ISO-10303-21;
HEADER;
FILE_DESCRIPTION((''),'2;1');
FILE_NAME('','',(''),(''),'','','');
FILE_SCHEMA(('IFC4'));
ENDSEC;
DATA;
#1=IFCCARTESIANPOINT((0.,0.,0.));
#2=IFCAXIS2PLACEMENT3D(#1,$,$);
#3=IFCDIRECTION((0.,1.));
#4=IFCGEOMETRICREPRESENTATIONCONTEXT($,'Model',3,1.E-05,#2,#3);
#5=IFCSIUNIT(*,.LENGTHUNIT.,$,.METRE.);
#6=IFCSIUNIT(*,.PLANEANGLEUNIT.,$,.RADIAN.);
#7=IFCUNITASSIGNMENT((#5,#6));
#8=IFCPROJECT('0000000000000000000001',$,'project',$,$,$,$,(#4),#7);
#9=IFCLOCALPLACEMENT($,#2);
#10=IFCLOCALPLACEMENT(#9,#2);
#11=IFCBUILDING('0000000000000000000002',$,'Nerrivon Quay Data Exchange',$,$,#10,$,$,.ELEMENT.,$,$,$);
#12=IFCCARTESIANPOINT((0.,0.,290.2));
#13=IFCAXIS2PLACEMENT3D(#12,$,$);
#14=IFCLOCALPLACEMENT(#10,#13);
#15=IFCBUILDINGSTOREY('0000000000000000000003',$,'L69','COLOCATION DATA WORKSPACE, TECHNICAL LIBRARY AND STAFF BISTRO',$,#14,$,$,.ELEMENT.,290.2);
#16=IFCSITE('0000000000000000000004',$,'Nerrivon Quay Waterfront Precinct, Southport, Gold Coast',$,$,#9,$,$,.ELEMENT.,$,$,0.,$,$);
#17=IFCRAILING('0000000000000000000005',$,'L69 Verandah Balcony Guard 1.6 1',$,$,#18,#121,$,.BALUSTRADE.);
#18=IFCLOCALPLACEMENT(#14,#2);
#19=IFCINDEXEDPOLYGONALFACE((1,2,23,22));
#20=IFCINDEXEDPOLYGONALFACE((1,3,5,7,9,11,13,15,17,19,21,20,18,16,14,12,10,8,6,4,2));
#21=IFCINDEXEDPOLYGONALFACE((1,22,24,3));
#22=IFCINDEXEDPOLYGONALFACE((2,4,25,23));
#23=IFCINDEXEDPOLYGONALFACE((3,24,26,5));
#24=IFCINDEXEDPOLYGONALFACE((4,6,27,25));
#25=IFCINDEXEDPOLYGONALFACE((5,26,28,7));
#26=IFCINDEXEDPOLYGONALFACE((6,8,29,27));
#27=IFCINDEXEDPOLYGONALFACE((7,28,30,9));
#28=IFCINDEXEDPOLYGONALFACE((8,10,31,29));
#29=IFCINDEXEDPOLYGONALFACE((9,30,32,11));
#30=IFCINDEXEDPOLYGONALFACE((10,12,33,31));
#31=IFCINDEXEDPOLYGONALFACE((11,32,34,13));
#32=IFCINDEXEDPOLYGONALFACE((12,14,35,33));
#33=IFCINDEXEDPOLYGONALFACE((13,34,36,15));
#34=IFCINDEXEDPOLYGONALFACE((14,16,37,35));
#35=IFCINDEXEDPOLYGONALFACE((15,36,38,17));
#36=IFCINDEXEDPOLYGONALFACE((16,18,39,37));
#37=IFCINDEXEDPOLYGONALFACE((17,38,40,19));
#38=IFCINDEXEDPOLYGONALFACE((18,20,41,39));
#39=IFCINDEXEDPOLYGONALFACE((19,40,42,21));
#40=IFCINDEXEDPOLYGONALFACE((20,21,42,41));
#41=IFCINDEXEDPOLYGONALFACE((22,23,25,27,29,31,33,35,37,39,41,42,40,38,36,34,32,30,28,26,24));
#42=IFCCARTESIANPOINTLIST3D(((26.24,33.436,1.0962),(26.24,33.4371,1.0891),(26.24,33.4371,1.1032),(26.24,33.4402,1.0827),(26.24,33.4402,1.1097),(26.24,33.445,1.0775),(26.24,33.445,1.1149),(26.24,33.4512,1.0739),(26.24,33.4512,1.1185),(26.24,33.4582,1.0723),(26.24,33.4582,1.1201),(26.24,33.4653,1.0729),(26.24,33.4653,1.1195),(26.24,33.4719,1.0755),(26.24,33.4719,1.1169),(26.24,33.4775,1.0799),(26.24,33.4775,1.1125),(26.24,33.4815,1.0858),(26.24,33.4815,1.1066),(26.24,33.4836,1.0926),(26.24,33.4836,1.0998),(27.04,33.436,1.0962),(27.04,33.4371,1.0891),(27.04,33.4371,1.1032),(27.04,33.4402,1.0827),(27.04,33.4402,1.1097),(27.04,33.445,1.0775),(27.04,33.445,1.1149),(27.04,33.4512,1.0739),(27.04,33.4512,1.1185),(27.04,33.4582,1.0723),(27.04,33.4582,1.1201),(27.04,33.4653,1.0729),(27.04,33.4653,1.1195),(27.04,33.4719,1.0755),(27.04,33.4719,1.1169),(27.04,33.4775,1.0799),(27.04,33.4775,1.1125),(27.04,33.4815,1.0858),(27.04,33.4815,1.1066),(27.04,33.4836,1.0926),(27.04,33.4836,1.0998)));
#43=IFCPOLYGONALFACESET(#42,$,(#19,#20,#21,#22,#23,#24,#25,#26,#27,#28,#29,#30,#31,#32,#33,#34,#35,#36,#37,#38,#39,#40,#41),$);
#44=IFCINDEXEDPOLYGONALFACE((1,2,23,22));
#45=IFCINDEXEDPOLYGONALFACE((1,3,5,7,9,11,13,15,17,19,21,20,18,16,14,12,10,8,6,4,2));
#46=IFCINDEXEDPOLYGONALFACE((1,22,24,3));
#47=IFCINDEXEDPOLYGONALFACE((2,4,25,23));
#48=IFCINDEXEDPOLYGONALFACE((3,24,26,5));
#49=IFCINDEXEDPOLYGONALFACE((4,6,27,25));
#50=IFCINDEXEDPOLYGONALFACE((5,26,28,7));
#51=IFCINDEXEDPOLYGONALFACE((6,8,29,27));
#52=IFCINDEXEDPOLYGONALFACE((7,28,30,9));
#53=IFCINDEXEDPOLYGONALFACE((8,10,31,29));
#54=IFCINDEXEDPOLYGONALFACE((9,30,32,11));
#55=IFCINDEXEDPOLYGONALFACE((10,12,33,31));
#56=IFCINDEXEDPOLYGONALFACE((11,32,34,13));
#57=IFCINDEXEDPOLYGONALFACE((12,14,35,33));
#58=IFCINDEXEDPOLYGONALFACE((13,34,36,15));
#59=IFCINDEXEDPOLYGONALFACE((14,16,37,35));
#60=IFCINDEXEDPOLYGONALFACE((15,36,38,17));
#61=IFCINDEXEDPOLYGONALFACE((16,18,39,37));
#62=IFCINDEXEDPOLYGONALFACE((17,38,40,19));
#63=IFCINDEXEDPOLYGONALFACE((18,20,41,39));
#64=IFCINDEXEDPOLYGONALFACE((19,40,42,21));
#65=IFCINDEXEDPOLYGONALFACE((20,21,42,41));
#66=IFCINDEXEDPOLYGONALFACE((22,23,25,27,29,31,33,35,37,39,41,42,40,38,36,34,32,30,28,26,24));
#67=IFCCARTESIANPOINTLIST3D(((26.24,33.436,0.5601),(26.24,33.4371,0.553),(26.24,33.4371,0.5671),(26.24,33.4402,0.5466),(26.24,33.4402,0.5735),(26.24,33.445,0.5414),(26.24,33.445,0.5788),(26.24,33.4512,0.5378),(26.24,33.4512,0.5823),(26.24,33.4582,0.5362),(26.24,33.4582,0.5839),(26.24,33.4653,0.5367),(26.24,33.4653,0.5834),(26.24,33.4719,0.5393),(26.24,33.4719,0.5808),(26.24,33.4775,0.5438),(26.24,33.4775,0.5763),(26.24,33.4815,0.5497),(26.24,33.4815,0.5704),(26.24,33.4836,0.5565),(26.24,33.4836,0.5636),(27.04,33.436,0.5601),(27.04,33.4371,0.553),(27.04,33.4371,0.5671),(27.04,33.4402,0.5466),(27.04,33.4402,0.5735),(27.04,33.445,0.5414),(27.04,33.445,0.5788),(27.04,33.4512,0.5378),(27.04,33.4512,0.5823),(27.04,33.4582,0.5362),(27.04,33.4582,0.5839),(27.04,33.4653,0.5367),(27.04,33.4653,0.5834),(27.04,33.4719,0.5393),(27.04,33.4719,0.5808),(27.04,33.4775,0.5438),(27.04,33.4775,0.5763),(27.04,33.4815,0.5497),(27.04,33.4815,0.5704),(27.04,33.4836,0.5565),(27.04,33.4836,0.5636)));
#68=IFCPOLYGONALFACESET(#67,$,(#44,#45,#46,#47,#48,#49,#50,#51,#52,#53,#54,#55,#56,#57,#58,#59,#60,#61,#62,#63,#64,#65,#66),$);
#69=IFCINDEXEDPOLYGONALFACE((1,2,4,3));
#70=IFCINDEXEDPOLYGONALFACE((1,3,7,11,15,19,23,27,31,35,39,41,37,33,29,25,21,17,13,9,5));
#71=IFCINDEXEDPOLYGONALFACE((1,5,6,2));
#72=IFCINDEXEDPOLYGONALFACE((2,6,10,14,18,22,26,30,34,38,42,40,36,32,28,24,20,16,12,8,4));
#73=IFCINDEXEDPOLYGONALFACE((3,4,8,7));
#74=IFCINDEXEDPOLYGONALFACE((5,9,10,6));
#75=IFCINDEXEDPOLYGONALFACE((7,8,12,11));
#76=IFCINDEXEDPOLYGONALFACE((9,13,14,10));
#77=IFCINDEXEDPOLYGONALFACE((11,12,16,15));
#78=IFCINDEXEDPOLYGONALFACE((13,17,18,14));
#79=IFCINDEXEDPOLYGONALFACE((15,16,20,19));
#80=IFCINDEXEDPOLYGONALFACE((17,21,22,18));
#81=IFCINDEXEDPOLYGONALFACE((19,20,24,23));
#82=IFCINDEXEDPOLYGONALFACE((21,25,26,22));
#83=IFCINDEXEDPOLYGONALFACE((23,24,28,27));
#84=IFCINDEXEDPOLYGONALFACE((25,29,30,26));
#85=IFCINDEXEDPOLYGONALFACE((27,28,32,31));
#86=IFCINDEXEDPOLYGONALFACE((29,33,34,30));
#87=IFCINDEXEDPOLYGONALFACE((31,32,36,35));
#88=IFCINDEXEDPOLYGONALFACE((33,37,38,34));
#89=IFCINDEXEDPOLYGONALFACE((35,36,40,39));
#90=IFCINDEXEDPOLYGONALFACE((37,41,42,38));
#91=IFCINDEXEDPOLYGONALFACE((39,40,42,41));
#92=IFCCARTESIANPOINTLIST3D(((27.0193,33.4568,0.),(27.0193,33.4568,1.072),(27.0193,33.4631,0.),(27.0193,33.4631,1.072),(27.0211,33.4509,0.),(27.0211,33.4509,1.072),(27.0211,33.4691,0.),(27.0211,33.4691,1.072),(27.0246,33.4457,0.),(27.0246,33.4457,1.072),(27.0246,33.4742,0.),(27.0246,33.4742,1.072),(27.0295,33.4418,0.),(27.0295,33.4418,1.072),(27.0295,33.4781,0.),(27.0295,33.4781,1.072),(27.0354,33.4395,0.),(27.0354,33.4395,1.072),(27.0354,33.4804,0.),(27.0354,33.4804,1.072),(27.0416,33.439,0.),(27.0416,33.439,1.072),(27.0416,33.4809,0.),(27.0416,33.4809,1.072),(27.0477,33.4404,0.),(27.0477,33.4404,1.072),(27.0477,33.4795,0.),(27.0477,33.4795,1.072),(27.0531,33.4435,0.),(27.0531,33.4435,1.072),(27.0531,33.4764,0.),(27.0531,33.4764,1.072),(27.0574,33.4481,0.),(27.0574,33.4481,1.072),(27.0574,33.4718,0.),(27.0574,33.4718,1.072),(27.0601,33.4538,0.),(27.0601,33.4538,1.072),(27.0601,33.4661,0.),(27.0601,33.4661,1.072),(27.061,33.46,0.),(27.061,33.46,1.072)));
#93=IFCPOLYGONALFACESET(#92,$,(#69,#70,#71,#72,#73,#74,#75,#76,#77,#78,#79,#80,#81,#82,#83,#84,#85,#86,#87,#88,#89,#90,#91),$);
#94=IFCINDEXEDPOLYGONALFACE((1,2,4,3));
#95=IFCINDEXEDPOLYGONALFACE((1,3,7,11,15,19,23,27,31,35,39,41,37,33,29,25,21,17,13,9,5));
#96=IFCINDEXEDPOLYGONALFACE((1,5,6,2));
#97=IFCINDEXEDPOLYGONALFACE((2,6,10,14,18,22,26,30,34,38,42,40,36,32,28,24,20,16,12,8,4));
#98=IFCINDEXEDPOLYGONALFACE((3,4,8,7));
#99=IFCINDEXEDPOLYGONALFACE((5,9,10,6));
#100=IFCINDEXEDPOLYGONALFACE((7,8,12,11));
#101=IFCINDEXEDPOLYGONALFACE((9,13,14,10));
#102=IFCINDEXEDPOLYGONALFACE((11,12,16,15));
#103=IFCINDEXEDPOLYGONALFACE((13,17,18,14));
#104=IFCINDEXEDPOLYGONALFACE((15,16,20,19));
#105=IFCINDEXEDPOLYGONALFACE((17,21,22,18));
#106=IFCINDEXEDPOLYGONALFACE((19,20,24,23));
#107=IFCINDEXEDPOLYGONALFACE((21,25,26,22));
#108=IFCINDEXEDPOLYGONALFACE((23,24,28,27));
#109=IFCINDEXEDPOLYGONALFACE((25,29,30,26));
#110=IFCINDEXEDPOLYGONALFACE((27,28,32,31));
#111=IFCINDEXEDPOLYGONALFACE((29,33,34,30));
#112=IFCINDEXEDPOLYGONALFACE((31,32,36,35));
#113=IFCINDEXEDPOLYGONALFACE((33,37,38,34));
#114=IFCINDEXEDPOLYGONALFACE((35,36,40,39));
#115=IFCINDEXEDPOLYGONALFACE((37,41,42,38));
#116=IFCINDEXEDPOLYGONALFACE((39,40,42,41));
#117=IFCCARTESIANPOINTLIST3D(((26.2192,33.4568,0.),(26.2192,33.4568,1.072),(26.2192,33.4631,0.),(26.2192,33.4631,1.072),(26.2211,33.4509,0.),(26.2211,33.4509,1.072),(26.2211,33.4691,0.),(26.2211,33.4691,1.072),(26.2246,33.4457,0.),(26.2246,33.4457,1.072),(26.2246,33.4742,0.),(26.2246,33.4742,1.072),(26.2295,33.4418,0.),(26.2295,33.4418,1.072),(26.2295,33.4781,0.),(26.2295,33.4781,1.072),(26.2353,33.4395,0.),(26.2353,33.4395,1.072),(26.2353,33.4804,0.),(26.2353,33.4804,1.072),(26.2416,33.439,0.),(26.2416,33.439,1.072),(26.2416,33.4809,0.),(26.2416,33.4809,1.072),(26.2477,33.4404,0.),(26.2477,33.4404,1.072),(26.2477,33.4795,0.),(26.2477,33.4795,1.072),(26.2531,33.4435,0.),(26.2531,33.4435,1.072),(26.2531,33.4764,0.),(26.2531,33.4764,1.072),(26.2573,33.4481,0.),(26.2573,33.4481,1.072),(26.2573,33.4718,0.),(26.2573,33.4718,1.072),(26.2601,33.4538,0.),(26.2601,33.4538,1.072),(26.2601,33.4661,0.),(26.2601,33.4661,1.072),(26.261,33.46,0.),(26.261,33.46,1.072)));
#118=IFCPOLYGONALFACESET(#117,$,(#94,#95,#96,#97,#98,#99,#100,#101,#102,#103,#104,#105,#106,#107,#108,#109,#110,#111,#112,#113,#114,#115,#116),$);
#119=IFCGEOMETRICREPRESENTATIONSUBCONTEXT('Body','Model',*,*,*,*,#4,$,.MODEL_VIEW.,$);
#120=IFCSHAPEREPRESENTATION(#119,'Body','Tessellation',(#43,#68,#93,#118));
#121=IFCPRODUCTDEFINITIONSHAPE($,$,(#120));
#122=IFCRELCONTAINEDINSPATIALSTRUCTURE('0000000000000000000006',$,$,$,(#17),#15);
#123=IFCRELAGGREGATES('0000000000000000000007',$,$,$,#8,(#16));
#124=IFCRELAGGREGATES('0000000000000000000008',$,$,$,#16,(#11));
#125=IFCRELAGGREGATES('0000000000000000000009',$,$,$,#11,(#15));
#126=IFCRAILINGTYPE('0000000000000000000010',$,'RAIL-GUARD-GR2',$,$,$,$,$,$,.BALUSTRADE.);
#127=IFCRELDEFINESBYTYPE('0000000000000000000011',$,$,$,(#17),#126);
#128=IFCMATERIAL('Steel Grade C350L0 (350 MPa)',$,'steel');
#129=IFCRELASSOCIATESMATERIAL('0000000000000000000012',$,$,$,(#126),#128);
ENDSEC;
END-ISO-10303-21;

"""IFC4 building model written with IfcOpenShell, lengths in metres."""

from ifc_helpers import new_model, si_unit, direction, frame, origin, origin_2d, place, context, subcontext, project, spatial, circle, extrude, material, type_object, element, save


model = new_model("IFC4")

# Units and contexts
model_context = context("Model", 3, precision=1e-05, world=origin(), true_north=direction((0.0, 1.0)))
body_context = subcontext(model_context, "Body", "Model", "MODEL_VIEW")
ifc_project = project(units=[si_unit("LENGTHUNIT", "METRE"), si_unit("PLANEANGLEUNIT", "RADIAN")], contexts=[model_context])

# Site, building, storey
site_placement = place(None, origin())
site = spatial("IfcSite", under=ifc_project, at=site_placement, Name="Nerrivon Quay Waterfront Precinct, Southport, Gold Coast", CompositionType="ELEMENT", RefElevation=0.0)
building_placement = place(site_placement, origin())
building = spatial("IfcBuilding", under=site, at=building_placement, Name="Nerrivon Quay Data Exchange", CompositionType="ELEMENT")
storey_placement = place(building_placement, frame((0.0, 0.0, 290.2)))
storey = spatial("IfcBuildingStorey", under=building, at=storey_placement, Name="L69", Description="COLOCATION DATA WORKSPACE, TECHNICAL LIBRARY AND STAFF BISTRO", CompositionType="ELEMENT", Elevation=290.2)

# Railing
ifc_material_1 = material(Name="Steel Grade C350L0 (350 MPa)", Category="steel")
railing_type = type_object("IfcRailingType", Name="RAIL-GUARD-GR2", PredefinedType="BALUSTRADE", material=ifc_material_1)
railing_1_placement = place(storey_placement, frame((27.04, 33.46, 0.0)))
element("IfcRailing", 1, at=railing_1_placement, inside=storey, type_object=railing_type, Name="L69 Verandah Balcony Guard 1.6 1", PredefinedType="BALUSTRADE", context=body_context, shape_type="SweptSolid", body=[
    extrude(circle(Radius=0.0239, at=origin_2d()), frame((0.0, 0.0, 1.0962), z_axis=(-1.0, 0.0, 0.0), x_axis=(0.0, -1.0, 0.0)), (0.0, 0.0, 1.0), 0.8),
    extrude(circle(Radius=0.0239, at=origin_2d()), frame((0.0, 0.0, 0.5601), z_axis=(-1.0, 0.0, 0.0), x_axis=(0.0, -1.0, 0.0)), (0.0, 0.0, 1.0), 0.8),
    extrude(circle(Radius=0.021, at=origin_2d()), origin(), (0.0, 0.0, 1.0), 1.072),
    extrude(circle(Radius=0.021, at=origin_2d()), frame((-0.8, 0.0, 0.0)), (0.0, 0.0, 1.0), 1.072),
])

save(model, "model.ifc")
